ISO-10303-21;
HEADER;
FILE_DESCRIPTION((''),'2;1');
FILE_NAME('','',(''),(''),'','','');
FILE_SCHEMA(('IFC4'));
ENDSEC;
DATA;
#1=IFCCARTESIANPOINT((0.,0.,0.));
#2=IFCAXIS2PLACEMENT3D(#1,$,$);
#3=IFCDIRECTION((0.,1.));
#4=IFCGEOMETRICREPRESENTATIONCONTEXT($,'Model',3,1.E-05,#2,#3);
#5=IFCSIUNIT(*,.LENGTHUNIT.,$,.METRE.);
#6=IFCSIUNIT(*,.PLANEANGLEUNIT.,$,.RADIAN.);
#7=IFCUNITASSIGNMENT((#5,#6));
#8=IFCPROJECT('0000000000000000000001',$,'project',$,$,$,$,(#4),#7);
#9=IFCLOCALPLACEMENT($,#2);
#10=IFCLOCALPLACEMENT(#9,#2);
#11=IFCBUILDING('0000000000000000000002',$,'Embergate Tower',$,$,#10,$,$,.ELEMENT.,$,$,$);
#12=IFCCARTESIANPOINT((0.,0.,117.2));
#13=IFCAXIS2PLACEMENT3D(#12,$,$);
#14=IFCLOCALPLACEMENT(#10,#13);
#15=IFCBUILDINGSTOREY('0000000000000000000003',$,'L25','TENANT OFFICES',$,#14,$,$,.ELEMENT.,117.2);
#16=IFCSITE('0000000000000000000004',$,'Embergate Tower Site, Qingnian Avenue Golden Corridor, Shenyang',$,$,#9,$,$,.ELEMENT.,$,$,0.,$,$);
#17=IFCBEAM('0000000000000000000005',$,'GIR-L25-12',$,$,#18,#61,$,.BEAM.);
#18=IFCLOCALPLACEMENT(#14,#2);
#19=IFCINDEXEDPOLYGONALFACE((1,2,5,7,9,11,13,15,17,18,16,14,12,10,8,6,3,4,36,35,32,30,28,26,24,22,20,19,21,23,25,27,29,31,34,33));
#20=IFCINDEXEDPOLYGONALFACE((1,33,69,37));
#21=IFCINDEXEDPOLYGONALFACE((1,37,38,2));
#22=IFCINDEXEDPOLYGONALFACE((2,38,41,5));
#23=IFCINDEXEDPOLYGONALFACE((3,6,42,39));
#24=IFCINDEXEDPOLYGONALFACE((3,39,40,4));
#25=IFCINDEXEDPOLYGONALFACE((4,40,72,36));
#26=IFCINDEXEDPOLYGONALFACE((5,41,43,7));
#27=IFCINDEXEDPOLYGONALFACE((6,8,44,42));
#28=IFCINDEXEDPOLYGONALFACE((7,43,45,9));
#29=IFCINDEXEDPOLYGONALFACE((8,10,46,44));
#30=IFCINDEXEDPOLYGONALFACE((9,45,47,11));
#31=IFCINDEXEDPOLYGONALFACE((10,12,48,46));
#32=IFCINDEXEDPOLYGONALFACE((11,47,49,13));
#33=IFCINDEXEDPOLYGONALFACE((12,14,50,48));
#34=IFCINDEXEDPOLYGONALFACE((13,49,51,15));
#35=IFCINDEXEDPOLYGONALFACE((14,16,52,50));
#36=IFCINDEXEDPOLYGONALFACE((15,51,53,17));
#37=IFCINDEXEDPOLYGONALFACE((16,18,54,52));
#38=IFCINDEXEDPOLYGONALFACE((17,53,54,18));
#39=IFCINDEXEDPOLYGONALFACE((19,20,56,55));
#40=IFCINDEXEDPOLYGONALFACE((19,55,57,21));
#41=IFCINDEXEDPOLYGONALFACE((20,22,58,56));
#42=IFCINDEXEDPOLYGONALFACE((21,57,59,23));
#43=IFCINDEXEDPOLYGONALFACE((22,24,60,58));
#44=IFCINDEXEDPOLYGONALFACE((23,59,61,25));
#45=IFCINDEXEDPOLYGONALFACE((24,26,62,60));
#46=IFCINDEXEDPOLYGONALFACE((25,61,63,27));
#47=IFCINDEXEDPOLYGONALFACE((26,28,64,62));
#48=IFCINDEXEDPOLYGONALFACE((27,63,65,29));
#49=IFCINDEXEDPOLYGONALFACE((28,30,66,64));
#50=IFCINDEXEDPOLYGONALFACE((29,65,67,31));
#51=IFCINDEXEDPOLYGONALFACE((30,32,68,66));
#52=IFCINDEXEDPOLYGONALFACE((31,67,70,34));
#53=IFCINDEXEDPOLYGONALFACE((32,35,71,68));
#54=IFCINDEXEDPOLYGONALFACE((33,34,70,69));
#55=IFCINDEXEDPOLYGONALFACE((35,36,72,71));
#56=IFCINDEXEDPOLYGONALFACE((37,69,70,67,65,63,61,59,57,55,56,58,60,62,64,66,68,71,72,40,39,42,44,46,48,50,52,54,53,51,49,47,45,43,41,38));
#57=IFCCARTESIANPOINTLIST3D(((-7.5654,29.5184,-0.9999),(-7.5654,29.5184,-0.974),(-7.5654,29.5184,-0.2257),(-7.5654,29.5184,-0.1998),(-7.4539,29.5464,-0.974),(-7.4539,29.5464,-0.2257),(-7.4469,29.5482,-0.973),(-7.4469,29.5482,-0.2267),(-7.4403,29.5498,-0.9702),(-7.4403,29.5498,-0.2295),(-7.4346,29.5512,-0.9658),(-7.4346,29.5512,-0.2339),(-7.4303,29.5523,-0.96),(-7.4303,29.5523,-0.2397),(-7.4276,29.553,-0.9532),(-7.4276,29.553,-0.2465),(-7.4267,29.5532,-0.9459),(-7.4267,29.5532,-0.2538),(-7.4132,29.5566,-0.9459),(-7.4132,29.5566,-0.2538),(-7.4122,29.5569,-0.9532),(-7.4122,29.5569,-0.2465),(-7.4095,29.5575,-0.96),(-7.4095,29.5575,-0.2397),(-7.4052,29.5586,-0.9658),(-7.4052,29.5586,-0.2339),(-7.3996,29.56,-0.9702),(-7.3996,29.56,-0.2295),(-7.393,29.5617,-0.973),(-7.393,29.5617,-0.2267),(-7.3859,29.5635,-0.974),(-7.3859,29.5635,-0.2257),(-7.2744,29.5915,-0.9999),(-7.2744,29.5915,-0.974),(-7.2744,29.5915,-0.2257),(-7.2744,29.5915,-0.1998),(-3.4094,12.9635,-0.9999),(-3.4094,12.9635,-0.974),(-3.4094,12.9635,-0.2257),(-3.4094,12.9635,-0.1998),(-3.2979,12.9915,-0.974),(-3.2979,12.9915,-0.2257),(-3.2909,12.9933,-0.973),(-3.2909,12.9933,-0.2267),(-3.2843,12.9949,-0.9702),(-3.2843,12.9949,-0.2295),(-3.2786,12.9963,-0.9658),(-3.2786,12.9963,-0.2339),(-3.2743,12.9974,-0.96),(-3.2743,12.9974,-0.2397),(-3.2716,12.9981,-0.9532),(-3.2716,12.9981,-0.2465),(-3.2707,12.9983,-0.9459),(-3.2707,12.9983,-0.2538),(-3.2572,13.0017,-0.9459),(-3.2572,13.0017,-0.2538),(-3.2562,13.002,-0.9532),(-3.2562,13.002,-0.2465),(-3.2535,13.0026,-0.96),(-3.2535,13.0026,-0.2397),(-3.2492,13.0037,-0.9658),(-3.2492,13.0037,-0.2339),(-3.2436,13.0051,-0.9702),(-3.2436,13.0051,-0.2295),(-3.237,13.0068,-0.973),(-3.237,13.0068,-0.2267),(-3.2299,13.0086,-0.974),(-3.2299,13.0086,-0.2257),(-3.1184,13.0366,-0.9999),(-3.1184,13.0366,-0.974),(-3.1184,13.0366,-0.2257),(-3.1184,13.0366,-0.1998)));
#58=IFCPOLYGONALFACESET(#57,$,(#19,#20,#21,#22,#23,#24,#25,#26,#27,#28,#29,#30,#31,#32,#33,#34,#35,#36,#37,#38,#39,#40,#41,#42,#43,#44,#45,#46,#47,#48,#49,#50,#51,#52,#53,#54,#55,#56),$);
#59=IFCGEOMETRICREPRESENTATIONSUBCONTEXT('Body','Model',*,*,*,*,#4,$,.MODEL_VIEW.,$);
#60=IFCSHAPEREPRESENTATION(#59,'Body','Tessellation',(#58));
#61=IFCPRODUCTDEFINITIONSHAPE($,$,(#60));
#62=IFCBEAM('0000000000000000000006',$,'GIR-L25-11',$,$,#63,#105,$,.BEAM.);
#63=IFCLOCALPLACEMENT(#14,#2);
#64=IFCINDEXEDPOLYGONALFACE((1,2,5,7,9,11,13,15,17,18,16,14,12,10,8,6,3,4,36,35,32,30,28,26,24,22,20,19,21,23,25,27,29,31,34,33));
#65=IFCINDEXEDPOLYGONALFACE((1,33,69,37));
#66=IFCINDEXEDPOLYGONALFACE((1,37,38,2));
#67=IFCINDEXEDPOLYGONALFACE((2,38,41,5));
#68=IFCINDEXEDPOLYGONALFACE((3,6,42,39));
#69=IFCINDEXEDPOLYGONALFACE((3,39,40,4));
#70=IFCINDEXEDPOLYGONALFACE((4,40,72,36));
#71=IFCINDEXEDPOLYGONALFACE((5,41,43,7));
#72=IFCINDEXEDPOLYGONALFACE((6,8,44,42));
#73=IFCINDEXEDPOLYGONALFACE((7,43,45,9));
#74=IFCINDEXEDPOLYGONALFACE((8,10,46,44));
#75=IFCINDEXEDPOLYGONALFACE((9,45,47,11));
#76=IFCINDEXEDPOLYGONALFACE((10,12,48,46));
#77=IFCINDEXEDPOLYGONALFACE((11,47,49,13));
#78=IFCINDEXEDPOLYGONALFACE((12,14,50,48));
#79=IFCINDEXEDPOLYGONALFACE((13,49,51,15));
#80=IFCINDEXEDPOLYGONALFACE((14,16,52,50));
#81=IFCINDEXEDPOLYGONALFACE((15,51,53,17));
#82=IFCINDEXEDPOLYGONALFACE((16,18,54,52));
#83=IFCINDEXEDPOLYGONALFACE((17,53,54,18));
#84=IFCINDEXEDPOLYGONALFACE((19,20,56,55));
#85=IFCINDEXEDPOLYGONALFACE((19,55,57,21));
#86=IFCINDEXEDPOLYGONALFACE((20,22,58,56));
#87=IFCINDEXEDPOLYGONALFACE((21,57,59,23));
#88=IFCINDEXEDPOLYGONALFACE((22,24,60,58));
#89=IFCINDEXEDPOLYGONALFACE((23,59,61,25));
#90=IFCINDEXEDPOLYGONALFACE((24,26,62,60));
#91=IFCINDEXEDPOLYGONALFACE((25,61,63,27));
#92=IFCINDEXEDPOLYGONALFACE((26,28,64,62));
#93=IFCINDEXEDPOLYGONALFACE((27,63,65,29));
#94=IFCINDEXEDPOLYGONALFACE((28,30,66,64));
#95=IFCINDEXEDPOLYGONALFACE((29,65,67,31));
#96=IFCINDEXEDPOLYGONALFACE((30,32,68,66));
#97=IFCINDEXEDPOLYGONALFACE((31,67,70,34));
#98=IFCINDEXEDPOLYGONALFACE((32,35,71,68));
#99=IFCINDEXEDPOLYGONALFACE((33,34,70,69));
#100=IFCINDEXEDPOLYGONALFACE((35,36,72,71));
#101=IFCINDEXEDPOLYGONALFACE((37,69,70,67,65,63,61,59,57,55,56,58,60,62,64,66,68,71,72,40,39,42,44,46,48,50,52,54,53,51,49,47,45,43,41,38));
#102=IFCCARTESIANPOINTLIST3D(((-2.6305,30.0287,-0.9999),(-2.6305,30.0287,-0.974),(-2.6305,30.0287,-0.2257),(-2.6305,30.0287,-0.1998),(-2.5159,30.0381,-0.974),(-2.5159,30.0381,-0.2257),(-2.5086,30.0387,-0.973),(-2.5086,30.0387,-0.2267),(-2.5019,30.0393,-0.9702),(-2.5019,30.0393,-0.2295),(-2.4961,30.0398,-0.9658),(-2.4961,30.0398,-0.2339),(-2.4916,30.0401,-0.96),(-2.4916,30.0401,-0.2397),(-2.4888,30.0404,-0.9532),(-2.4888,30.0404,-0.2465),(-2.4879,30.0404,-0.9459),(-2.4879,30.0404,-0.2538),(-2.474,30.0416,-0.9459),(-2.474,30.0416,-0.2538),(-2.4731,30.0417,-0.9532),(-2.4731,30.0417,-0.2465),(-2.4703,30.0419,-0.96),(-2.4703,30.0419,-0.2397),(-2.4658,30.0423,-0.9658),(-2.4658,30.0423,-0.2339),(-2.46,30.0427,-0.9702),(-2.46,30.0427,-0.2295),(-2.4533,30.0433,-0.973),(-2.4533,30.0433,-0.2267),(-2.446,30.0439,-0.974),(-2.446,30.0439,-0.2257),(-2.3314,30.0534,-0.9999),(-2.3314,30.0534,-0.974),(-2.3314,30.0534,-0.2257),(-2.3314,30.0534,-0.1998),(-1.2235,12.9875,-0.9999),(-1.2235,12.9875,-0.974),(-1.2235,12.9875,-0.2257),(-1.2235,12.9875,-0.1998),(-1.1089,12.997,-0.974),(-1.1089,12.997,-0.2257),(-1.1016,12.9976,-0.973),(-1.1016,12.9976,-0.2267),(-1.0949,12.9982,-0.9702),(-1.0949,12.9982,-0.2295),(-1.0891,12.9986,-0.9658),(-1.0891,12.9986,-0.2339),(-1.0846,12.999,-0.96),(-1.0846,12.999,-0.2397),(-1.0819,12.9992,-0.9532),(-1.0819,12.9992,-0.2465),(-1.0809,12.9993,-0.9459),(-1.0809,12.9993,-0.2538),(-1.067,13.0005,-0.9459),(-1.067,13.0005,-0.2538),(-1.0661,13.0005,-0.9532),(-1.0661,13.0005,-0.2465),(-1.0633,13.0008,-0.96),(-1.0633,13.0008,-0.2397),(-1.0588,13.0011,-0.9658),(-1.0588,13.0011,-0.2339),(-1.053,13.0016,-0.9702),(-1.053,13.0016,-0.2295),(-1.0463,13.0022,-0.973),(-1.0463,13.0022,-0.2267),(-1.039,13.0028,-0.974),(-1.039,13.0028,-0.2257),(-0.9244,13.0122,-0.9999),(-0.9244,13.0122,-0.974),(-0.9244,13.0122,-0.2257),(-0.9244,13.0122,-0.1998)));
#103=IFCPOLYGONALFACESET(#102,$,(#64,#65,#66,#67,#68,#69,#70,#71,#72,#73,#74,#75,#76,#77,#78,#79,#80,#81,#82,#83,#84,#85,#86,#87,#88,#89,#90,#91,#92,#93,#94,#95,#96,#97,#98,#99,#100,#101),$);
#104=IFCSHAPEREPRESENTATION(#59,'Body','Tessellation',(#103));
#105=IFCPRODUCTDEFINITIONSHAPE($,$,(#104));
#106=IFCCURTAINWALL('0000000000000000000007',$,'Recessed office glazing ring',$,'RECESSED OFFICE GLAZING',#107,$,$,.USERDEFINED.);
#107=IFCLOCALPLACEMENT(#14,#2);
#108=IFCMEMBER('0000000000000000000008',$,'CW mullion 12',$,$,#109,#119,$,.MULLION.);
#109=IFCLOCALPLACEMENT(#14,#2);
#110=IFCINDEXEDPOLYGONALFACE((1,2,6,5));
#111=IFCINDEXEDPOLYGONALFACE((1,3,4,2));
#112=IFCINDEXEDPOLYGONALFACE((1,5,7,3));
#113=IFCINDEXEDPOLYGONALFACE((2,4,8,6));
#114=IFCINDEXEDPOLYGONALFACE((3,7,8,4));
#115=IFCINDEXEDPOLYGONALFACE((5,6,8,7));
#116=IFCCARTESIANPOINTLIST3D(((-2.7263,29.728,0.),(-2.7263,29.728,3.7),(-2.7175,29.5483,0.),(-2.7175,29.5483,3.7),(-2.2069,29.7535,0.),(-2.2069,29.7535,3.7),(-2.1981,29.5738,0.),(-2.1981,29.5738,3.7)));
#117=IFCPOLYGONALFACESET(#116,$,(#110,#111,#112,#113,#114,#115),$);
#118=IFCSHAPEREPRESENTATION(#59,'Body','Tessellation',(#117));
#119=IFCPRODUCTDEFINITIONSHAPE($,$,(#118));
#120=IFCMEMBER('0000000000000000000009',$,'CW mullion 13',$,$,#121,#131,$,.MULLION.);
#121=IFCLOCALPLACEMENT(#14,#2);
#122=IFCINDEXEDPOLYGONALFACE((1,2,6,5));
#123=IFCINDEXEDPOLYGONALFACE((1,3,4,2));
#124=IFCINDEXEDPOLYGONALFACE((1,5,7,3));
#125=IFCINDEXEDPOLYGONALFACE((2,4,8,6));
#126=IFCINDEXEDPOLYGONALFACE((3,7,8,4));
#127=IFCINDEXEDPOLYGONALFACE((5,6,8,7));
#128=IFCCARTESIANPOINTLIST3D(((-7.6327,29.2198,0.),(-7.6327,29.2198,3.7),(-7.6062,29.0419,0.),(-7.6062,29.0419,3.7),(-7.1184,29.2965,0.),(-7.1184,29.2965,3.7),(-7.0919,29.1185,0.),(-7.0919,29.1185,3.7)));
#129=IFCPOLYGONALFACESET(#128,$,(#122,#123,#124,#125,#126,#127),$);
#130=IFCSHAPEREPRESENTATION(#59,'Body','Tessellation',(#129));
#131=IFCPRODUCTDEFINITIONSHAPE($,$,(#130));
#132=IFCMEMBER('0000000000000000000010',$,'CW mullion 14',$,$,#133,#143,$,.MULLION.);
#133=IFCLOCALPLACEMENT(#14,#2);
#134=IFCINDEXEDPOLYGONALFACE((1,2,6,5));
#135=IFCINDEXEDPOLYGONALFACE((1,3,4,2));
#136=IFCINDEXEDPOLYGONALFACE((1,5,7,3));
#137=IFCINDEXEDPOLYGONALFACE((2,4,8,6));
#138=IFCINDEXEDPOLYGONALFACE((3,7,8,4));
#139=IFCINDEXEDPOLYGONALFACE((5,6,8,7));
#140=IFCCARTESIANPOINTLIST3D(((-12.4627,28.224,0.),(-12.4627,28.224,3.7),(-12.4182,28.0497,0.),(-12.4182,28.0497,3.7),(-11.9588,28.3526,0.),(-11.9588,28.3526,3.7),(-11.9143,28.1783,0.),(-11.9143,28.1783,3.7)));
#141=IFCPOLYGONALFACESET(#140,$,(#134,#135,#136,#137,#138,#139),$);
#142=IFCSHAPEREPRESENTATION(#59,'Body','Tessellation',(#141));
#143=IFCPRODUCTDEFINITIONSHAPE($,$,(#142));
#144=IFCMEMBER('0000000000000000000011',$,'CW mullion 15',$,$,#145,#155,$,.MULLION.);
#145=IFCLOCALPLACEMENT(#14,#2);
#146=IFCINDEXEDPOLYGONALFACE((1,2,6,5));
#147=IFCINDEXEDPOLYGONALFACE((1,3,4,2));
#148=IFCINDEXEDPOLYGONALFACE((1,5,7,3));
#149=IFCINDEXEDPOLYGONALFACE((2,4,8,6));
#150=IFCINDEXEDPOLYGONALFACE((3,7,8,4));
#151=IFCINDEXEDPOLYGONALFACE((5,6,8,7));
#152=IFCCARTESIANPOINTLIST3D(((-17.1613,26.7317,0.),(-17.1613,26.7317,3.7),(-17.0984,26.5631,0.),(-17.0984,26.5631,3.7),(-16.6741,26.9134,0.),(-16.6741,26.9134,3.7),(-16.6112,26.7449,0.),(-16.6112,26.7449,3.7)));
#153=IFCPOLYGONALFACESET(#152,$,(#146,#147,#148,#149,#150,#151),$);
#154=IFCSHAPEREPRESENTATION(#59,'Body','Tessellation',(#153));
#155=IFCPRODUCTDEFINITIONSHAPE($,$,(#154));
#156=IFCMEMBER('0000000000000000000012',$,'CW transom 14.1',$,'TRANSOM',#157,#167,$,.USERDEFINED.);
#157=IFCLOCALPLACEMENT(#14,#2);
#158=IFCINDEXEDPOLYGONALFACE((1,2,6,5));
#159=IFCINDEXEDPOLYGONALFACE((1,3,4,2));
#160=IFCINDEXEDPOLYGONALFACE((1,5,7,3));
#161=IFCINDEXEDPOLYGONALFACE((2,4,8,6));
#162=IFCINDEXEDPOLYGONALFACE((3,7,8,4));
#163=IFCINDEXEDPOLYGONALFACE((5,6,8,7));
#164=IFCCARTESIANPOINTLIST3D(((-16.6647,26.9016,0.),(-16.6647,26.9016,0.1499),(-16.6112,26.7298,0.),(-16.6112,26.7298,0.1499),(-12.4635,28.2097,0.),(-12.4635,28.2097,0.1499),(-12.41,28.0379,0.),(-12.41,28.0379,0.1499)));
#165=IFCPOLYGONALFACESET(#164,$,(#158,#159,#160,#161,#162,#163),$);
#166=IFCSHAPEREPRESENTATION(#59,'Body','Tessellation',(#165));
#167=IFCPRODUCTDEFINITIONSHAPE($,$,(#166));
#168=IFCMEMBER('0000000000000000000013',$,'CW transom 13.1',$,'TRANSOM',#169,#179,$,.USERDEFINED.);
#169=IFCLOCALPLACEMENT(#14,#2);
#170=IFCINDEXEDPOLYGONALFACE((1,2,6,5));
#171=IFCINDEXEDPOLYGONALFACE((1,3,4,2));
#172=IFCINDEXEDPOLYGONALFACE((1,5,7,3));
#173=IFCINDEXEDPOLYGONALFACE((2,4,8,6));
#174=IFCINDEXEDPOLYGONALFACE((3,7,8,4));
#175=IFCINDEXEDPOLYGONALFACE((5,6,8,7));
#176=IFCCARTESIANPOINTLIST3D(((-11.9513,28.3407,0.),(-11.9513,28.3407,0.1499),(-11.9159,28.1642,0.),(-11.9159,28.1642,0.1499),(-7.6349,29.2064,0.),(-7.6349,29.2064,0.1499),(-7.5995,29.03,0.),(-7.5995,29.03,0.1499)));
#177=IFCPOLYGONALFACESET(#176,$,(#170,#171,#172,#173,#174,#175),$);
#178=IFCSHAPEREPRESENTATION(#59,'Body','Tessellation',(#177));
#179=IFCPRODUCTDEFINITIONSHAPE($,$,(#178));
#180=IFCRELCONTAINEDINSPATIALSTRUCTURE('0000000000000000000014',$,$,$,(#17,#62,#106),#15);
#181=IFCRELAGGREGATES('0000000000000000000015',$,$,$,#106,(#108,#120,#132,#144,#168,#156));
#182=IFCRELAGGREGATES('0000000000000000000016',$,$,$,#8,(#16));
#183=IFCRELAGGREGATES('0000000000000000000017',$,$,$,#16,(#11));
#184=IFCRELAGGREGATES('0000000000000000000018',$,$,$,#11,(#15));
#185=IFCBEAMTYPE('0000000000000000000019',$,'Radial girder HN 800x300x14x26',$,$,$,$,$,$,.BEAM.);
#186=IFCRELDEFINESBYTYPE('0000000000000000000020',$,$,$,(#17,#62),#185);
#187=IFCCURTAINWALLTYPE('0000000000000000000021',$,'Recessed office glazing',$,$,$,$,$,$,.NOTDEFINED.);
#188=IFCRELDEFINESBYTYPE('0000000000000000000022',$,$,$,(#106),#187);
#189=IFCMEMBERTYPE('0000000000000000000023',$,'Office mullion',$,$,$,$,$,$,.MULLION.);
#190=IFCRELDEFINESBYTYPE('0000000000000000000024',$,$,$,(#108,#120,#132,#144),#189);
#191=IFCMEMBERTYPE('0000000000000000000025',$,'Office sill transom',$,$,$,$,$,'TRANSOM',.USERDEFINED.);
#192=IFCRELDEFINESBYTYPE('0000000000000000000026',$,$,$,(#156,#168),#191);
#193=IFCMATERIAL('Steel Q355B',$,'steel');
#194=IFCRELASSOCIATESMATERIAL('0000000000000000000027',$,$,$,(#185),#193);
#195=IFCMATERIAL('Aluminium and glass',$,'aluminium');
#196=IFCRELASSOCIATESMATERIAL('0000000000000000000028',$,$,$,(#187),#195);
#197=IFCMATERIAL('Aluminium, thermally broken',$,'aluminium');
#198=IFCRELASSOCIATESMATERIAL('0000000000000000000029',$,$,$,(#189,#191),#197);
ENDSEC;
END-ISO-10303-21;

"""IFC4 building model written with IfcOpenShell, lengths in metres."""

from ifc_helpers import new_model, si_unit, direction, frame, origin, origin_2d, place, context, subcontext, project, spatial, rectangle, i_section, extrude, source, transform, mapped, material, material_profile, profile_set, type_object, element, aggregate, save


model = new_model("IFC4")

# Units and contexts
model_context = context("Model", 3, precision=1e-05, world=origin(), true_north=direction((0.0, 1.0)))
body_context = subcontext(model_context, "Body", "Model", "MODEL_VIEW")
ifc_project = project(units=[si_unit("LENGTHUNIT", "METRE"), si_unit("PLANEANGLEUNIT", "RADIAN")], contexts=[model_context])

# Site, building, storey
site_placement = place(None, origin())
site = spatial("IfcSite", under=ifc_project, at=site_placement, Name="Embergate Tower Site, Qingnian Avenue Golden Corridor, Shenyang", CompositionType="ELEMENT", RefElevation=0.0)
building_placement = place(site_placement, origin())
building = spatial("IfcBuilding", under=site, at=building_placement, Name="Embergate Tower", CompositionType="ELEMENT")
storey_placement = place(building_placement, frame((0.0, 0.0, 117.2)))
storey = spatial("IfcBuildingStorey", under=building, at=storey_placement, Name="L25", Description="TENANT OFFICES", CompositionType="ELEMENT", Elevation=117.2)

# Beams
ifc_material_1 = material(Name="Steel Q355B", Category="steel")
ifc_material_profile_1 = material_profile(ifc_material_1, i_section(OverallWidth=0.3, OverallDepth=0.8, WebThickness=0.0139, FlangeThickness=0.0259, FilletRadius=0.0281, at=origin_2d()), Name="HN 800x300x14x26")
ifc_profile_set_1 = profile_set([ifc_material_profile_1], Name="Steel Q355 grade B")
beam_type_1 = type_object("IfcBeamType", Name="Radial girder HN 800x300x14x26", PredefinedType="BEAM", material=ifc_profile_set_1)
shared_shape_1 = source(origin(), body_context, "Body", "SweptSolid", [
    extrude(i_section(OverallWidth=0.3, OverallDepth=0.8, WebThickness=0.0139, FlangeThickness=0.0259, FilletRadius=0.0281, at=origin_2d()), origin(), (0.0, 0.0, 1.0), 17.0686),
])
beam_1_placement = place(storey_placement, frame((-7.4199, 29.5549, -0.5999), z_axis=(0.243488, -0.969904, 0.0), x_axis=(0.969904, 0.243488, 0.0)))
element("IfcBeam", 1, at=beam_1_placement, inside=storey, type_object=beam_type_1, Name="GIR-L25-12", PredefinedType="BEAM", context=body_context, shape_type="MappedRepresentation", body=[
    mapped(shared_shape_1, transform((0.0, 0.0, 0.0))),
])
shared_shape_2 = source(origin(), body_context, "Body", "SweptSolid", [
    extrude(i_section(OverallWidth=0.3, OverallDepth=0.8, WebThickness=0.0139, FlangeThickness=0.0259, FilletRadius=0.0281, at=origin_2d()), origin(), (0.0, 0.0, 1.0), 17.0991),
])
beam_2_placement = place(storey_placement, frame((-2.481, 30.041, -0.5999), z_axis=(0.082284, -0.996609, 0.0), x_axis=(0.996609, 0.082284, 0.0)))
element("IfcBeam", 2, at=beam_2_placement, inside=storey, type_object=beam_type_1, Name="GIR-L25-11", PredefinedType="BEAM", context=body_context, shape_type="MappedRepresentation", body=[
    mapped(shared_shape_2, transform((0.0, 0.0, 0.0))),
])

# Curtain wall, members
ifc_material_2 = material(Name="Aluminium and glass", Category="aluminium")
curtain_wall_type = type_object("IfcCurtainWallType", Name="Recessed office glazing", PredefinedType="NOTDEFINED", material=ifc_material_2)
curtain_wall_placement = place(storey_placement, origin())
curtain_wall = element("IfcCurtainWall", 3, at=curtain_wall_placement, inside=storey, type_object=curtain_wall_type, Name="Recessed office glazing ring", ObjectType="RECESSED OFFICE GLAZING", PredefinedType="USERDEFINED")
ifc_material_3 = material(Name="Aluminium, thermally broken", Category="aluminium")
ifc_material_profile_2 = material_profile(ifc_material_3, rectangle(XDim=0.1799, YDim=0.52, at=origin_2d()), Name="AL 520x180")
ifc_profile_set_2 = profile_set([ifc_material_profile_2], Name="Aluminium, thermally broken")
member_type_1 = type_object("IfcMemberType", Name="Office mullion", PredefinedType="MULLION", material=ifc_profile_set_2)
shared_shape_3 = source(origin(), body_context, "Body", "SweptSolid", [
    extrude(rectangle(XDim=0.1799, YDim=0.52, at=origin_2d()), origin(), (0.0, 0.0, 1.0), 3.7),
])
member_1_placement = place(storey_placement, frame((-2.4622, 29.6509, 0.0), z_axis=(0.0, 0.0, 1.0), x_axis=(0.048972, -0.9988, 0.0)))
member_1 = element("IfcMember", 4, at=member_1_placement, type_object=member_type_1, Name="CW mullion 12", PredefinedType="MULLION", context=body_context, shape_type="MappedRepresentation", body=[
    mapped(shared_shape_3, transform((0.0, 0.0, 0.0))),
])
member_2_placement = place(storey_placement, frame((-7.3623, 29.1692, 0.0), z_axis=(0.0, 0.0, 1.0), x_axis=(0.147414, -0.989075, 0.0)))
member_2 = element("IfcMember", 5, at=member_2_placement, type_object=member_type_1, Name="CW mullion 13", PredefinedType="MULLION", context=body_context, shape_type="MappedRepresentation", body=[
    mapped(shared_shape_3, transform((0.0, 0.0, 0.0))),
])
member_3_placement = place(storey_placement, frame((-12.1885, 28.2012, 0.0), z_axis=(0.0, 0.0, 1.0), x_axis=(0.247315, -0.968935, 0.0)))
member_3 = element("IfcMember", 6, at=member_3_placement, type_object=member_type_1, Name="CW mullion 14", PredefinedType="MULLION", context=body_context, shape_type="MappedRepresentation", body=[
    mapped(shared_shape_3, transform((0.0, 0.0, 0.0))),
])
member_4_placement = place(storey_placement, frame((-16.8862, 26.7383, 0.0), z_axis=(0.0, 0.0, 1.0), x_axis=(0.349506, -0.936934, 0.0)))
member_4 = element("IfcMember", 7, at=member_4_placement, type_object=member_type_1, Name="CW mullion 15", PredefinedType="MULLION", context=body_context, shape_type="MappedRepresentation", body=[
    mapped(shared_shape_3, transform((0.0, 0.0, 0.0))),
])
ifc_material_profile_3 = material_profile(ifc_material_3, rectangle(XDim=0.1799, YDim=0.1499, at=origin_2d()), Name="AL 150x180")
ifc_profile_set_3 = profile_set([ifc_material_profile_3], Name="Aluminium, thermally broken")
member_type_2 = type_object("IfcMemberType", Name="Office sill transom", ElementType="TRANSOM", PredefinedType="USERDEFINED", material=ifc_profile_set_3)
shared_shape_4 = source(origin(), body_context, "Body", "SweptSolid", [
    extrude(rectangle(XDim=0.1799, YDim=0.1499, at=origin_2d()), origin(), (0.0, 0.0, 1.0), 4.4001),
])
member_5_placement = place(storey_placement, frame((-12.4368, 28.1238, 0.075), z_axis=(-0.954788, -0.297289, 0.0), x_axis=(0.297289, -0.954788, 0.0)))
member_5 = element("IfcMember", 8, at=member_5_placement, type_object=member_type_2, Name="CW transom 14.1", ObjectType="TRANSOM", PredefinedType="USERDEFINED", context=body_context, shape_type="MappedRepresentation", body=[
    mapped(shared_shape_4, transform((0.0, 0.0, 0.0))),
])
shared_shape_5 = source(origin(), body_context, "Body", "SweptSolid", [
    extrude(rectangle(XDim=0.1799, YDim=0.1499, at=origin_2d()), origin(), (0.0, 0.0, 1.0), 4.4023),
])
member_6_placement = place(storey_placement, frame((-7.6172, 29.1182, 0.075), z_axis=(-0.980474, -0.196649, 0.0), x_axis=(0.196649, -0.980474, 0.0)))
member_6 = element("IfcMember", 9, at=member_6_placement, type_object=member_type_2, Name="CW transom 13.1", ObjectType="TRANSOM", PredefinedType="USERDEFINED", context=body_context, shape_type="MappedRepresentation", body=[
    mapped(shared_shape_5, transform((0.0, 0.0, 0.0))),
])
aggregate(curtain_wall, [member_1, member_2, member_3, member_4, member_6, member_5])

save(model, "model.ifc")
